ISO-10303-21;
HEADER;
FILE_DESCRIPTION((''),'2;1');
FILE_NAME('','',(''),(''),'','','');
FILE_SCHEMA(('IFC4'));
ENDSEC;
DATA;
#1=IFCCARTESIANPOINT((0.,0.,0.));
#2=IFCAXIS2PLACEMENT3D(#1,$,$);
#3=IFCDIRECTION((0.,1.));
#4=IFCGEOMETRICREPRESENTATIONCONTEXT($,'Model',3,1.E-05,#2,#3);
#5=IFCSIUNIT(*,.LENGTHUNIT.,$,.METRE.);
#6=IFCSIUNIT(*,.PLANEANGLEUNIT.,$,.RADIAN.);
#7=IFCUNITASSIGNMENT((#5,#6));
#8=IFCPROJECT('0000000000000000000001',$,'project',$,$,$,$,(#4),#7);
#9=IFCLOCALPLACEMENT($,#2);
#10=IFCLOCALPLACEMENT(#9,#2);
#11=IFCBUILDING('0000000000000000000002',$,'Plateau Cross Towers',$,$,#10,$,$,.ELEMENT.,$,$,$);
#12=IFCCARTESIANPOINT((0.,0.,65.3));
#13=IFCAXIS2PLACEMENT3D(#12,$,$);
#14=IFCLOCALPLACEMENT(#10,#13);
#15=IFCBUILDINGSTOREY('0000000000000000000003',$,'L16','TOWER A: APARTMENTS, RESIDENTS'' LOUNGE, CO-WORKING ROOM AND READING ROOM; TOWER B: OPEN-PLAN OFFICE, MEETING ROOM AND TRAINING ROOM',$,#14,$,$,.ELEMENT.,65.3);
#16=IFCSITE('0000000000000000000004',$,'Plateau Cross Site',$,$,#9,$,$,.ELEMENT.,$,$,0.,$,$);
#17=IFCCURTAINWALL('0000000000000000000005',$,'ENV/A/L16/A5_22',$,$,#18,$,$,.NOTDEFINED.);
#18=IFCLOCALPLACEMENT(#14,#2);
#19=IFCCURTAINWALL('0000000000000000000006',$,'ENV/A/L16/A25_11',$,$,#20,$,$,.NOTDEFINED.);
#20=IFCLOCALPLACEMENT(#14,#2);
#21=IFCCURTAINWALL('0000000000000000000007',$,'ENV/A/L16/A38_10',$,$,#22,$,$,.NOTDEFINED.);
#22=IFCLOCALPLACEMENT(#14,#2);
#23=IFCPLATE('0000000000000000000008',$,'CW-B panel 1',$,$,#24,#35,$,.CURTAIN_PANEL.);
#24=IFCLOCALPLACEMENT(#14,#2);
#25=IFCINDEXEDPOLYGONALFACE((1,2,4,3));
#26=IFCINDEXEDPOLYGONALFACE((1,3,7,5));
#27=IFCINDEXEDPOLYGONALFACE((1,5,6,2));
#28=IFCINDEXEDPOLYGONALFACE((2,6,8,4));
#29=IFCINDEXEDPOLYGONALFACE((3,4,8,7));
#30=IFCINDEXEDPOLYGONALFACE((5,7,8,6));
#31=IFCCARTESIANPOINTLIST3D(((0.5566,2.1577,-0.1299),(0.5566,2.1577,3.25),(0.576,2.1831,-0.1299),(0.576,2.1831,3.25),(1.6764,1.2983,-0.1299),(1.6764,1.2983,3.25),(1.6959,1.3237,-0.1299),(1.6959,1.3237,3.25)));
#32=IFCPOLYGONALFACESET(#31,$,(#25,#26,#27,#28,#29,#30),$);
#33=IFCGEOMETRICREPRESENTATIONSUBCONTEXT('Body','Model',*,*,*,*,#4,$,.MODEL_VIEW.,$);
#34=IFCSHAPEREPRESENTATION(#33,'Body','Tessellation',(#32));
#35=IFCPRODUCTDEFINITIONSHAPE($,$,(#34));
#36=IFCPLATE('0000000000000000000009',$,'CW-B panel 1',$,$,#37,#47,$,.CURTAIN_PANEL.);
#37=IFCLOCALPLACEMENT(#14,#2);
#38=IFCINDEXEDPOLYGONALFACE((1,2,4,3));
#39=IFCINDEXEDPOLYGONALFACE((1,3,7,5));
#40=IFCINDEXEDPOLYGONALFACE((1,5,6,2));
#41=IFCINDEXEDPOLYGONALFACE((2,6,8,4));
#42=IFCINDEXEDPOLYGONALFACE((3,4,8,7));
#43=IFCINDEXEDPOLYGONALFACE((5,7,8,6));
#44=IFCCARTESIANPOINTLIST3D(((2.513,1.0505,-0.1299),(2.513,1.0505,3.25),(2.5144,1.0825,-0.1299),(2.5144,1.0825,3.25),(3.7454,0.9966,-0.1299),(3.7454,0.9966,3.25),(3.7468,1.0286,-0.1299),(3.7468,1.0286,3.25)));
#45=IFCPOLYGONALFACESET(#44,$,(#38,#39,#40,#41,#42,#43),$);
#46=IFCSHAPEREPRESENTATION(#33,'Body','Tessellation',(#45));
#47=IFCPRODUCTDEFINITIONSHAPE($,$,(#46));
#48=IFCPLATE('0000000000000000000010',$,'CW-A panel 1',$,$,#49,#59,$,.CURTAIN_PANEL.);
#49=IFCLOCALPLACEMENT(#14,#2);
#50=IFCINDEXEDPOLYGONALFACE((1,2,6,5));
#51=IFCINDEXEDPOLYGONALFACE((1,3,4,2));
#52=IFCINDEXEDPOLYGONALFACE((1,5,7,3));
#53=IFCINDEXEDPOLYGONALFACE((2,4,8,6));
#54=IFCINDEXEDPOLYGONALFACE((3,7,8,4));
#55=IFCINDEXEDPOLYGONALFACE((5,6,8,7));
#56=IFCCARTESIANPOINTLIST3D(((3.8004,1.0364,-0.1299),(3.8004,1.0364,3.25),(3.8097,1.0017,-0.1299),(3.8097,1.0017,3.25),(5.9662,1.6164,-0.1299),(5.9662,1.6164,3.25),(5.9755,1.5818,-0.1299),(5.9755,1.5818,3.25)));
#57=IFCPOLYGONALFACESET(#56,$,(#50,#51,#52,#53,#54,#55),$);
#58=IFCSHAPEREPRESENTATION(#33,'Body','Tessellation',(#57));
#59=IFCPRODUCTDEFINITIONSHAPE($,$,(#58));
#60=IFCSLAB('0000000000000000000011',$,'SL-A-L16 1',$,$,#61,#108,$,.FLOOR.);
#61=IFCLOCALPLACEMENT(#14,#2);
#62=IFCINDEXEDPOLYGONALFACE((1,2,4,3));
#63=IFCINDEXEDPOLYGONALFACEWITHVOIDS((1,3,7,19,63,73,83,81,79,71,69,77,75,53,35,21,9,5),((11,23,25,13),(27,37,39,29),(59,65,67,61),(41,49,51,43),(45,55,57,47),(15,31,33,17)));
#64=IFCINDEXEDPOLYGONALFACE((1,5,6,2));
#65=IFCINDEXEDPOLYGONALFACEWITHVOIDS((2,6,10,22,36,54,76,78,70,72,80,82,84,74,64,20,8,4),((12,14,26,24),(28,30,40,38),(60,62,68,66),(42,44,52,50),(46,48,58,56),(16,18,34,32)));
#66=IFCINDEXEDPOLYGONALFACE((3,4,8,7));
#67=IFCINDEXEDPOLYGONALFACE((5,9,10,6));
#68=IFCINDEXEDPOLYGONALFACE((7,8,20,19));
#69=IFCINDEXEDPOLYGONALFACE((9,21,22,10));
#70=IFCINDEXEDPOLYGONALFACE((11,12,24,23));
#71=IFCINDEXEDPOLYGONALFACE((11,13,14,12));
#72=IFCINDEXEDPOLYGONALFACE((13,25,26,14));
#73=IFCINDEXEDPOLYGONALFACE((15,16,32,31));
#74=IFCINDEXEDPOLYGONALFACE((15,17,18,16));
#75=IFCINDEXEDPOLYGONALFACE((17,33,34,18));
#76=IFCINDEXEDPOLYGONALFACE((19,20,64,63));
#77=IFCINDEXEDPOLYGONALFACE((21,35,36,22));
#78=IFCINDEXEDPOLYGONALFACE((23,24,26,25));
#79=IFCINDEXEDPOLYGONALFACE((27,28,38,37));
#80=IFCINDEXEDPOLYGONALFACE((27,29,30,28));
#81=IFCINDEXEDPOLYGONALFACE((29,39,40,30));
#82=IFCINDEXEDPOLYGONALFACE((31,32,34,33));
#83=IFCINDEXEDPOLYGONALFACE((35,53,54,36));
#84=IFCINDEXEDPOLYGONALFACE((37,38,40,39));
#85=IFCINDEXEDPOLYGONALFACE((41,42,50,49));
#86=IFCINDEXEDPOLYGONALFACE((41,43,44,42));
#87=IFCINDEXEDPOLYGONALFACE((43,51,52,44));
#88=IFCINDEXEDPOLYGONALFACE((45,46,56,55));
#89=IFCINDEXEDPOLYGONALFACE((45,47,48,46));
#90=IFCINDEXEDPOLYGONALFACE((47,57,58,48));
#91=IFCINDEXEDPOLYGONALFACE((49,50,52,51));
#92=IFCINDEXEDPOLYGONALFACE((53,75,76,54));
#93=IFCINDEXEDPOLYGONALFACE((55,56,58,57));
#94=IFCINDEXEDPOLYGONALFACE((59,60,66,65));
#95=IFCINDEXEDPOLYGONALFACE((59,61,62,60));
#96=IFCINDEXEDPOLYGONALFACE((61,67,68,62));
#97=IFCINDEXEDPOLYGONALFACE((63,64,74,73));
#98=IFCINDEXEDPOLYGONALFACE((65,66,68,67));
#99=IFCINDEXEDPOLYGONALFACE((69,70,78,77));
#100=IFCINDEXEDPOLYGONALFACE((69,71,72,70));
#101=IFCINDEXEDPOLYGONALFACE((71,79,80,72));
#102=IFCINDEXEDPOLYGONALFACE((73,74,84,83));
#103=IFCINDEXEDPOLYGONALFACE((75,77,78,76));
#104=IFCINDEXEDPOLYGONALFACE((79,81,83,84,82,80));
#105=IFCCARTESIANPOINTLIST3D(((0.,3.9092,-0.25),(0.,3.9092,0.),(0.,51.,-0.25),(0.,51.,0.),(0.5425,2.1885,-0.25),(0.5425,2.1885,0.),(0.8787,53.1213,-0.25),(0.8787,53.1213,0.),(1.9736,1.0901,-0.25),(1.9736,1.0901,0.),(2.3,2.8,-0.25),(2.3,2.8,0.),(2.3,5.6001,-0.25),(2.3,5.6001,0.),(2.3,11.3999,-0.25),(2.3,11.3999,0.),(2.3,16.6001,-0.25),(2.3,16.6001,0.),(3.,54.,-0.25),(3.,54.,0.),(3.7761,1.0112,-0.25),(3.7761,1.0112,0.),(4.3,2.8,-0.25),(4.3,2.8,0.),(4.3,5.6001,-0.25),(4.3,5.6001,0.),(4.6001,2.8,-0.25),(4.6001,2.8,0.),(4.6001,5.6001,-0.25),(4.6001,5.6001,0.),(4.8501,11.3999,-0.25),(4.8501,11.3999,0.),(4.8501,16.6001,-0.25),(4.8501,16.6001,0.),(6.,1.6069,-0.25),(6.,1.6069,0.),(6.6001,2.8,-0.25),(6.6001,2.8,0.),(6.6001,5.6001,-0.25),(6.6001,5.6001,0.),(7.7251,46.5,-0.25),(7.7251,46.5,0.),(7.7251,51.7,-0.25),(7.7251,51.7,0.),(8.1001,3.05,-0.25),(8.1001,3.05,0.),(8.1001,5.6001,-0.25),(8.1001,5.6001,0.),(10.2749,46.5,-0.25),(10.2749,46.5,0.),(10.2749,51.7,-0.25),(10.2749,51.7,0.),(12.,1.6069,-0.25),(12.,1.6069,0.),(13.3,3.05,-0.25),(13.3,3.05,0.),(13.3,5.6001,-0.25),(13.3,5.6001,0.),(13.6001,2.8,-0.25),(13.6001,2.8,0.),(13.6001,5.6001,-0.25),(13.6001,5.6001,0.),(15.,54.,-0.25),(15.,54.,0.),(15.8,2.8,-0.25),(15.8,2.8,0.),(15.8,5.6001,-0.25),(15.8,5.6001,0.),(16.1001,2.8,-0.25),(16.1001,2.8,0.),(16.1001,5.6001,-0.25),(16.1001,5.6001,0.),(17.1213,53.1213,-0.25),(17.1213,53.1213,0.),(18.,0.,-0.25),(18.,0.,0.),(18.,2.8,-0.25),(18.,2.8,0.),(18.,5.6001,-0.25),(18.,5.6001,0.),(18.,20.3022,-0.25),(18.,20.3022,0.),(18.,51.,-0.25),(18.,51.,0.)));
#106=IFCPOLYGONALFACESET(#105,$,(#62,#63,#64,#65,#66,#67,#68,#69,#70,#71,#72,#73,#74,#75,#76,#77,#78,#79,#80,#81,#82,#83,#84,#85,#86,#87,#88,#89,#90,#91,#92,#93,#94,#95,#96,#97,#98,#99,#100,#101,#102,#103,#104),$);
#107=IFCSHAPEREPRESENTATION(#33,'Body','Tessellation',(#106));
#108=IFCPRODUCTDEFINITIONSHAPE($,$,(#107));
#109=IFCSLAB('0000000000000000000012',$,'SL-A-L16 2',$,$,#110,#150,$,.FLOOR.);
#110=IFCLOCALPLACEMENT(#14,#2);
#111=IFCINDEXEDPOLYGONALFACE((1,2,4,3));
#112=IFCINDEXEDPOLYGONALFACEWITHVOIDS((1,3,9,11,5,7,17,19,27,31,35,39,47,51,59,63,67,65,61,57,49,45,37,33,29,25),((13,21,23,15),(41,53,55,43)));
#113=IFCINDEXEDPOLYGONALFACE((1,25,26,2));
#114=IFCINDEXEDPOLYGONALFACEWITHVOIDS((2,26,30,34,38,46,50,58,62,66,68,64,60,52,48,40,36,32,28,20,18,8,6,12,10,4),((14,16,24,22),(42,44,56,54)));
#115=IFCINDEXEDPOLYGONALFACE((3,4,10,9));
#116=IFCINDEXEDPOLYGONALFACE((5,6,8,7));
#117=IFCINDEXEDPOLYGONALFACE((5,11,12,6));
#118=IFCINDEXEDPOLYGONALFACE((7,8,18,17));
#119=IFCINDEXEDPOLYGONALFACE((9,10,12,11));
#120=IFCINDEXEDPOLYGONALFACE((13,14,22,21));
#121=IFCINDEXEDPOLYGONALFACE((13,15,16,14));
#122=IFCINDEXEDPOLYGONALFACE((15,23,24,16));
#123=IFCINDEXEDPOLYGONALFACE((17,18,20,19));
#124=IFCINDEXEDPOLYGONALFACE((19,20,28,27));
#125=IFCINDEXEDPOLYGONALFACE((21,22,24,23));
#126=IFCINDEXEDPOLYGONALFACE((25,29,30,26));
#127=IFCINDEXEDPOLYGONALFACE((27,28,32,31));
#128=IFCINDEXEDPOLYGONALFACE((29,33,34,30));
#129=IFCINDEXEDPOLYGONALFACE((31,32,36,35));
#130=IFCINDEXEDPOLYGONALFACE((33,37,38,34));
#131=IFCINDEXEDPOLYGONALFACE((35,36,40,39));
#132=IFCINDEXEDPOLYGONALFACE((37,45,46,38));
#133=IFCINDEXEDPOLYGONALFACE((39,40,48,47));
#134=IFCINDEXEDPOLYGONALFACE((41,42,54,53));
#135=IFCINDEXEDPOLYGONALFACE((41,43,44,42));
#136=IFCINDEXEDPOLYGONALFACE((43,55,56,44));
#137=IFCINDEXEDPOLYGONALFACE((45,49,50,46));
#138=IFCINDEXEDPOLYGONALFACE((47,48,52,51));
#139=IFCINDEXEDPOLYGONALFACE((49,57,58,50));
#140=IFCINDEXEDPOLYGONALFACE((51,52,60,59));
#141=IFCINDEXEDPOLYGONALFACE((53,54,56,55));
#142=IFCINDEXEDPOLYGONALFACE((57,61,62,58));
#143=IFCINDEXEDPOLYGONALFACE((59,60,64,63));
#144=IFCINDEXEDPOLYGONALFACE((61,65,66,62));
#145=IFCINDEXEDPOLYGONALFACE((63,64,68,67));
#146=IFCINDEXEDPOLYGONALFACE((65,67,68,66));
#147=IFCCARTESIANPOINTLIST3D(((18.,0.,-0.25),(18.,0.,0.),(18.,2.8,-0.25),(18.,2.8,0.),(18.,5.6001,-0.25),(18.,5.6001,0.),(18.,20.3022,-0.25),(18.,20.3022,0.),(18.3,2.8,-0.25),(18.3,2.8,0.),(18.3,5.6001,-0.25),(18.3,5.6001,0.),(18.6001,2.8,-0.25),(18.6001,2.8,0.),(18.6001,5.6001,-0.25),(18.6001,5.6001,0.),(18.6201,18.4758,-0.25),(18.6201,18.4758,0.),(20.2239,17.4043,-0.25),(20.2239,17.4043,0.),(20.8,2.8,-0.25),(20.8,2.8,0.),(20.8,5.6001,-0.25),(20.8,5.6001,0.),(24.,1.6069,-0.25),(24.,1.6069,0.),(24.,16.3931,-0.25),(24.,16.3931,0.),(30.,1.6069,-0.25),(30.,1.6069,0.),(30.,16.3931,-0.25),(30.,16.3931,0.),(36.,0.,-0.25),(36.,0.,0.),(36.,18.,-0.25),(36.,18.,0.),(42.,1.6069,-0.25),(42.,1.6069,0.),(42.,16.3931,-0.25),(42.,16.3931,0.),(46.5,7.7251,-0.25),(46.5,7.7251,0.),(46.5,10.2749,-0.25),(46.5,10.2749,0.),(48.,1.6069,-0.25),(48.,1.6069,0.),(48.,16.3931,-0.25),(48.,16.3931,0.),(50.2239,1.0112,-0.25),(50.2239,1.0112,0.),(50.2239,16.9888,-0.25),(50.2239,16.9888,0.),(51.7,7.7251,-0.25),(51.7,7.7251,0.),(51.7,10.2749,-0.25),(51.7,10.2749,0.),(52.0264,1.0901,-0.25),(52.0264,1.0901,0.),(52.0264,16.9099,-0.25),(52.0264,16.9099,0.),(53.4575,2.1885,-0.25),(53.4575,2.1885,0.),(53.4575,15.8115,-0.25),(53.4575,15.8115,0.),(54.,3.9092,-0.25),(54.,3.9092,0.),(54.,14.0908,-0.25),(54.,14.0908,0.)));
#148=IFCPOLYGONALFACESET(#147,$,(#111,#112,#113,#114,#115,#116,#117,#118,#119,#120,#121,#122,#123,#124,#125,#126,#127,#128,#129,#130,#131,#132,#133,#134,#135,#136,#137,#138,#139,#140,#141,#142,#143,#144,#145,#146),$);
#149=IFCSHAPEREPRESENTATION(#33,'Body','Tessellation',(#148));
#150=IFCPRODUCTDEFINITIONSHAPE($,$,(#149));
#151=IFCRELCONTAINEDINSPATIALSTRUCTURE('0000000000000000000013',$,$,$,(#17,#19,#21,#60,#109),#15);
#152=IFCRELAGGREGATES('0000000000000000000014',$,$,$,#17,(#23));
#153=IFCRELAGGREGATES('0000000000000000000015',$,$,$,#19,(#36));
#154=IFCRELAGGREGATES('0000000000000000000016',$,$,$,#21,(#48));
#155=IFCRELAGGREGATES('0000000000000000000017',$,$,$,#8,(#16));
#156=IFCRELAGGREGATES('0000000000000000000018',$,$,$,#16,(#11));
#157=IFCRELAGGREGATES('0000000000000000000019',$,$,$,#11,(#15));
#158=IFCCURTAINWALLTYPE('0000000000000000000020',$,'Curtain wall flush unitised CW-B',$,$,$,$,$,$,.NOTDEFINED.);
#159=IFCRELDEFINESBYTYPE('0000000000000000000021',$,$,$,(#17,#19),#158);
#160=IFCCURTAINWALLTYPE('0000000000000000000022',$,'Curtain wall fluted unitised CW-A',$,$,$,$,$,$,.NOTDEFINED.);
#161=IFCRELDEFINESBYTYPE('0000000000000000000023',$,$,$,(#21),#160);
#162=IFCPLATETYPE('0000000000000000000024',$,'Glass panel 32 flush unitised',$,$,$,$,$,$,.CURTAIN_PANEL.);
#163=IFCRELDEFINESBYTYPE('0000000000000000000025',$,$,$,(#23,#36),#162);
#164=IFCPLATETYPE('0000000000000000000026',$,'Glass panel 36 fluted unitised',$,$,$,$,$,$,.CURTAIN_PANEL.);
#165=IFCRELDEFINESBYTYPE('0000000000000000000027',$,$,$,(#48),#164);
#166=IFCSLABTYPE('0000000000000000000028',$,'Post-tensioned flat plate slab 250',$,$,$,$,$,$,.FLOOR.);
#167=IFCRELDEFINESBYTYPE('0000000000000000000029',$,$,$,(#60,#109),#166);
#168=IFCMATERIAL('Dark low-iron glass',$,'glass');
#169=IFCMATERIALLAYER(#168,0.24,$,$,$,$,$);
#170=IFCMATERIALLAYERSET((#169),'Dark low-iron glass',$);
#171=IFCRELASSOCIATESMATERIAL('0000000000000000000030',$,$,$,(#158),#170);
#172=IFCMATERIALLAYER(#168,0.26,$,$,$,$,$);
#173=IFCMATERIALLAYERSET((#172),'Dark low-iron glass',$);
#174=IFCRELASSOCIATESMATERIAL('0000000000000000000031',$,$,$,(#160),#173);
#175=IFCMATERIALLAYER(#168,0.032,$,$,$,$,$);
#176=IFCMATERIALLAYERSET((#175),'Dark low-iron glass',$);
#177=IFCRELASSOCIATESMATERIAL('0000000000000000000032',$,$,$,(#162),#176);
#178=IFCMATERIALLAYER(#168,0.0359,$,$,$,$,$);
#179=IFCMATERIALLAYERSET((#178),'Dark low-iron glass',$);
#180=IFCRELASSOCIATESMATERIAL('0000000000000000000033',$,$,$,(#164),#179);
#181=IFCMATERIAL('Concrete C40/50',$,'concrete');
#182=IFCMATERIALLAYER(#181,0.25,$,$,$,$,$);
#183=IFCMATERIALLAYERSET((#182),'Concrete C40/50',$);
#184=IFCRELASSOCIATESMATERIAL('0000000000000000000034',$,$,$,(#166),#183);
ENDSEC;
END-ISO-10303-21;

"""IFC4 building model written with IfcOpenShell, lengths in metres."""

from ifc_helpers import new_model, si_unit, direction, frame, origin, origin_2d, place, context, subcontext, project, spatial, polyline, rectangle, outline, extrude, material, layer, layer_set, type_object, element, aggregate, save


model = new_model("IFC4")

# Units and contexts
model_context = context("Model", 3, precision=1e-05, world=origin(), true_north=direction((0.0, 1.0)))
body_context = subcontext(model_context, "Body", "Model", "MODEL_VIEW")
ifc_project = project(units=[si_unit("LENGTHUNIT", "METRE"), si_unit("PLANEANGLEUNIT", "RADIAN")], contexts=[model_context])

# Site, building, storey
site_placement = place(None, origin())
site = spatial("IfcSite", under=ifc_project, at=site_placement, Name="Plateau Cross Site", CompositionType="ELEMENT", RefElevation=0.0)
building_placement = place(site_placement, origin())
building = spatial("IfcBuilding", under=site, at=building_placement, Name="Plateau Cross Towers", CompositionType="ELEMENT")
storey_placement = place(building_placement, frame((0.0, 0.0, 65.3)))
storey = spatial("IfcBuildingStorey", under=building, at=storey_placement, Name="L16", Description="TOWER A: APARTMENTS, RESIDENTS' LOUNGE, CO-WORKING ROOM AND READING ROOM; TOWER B: OPEN-PLAN OFFICE, MEETING ROOM AND TRAINING ROOM", CompositionType="ELEMENT", Elevation=65.3)

# Curtain wall
ifc_material_1 = material(Name="Dark low-iron glass", Category="glass")
ifc_layer_1 = layer(ifc_material_1, 0.24)
ifc_layer_set_1 = layer_set([ifc_layer_1], Name="Dark low-iron glass")
curtain_wall_type_1 = type_object("IfcCurtainWallType", Name="Curtain wall flush unitised CW-B", PredefinedType="NOTDEFINED", material=ifc_layer_set_1)
curtain_wall_1_placement = place(storey_placement, origin())
curtain_wall_1 = element("IfcCurtainWall", 1, at=curtain_wall_1_placement, inside=storey, type_object=curtain_wall_type_1, Name="ENV/A/L16/A5_22", PredefinedType="NOTDEFINED")

# Curtain walls
curtain_wall_2_placement = place(storey_placement, origin())
curtain_wall_2 = element("IfcCurtainWall", 2, at=curtain_wall_2_placement, inside=storey, type_object=curtain_wall_type_1, Name="ENV/A/L16/A25_11", PredefinedType="NOTDEFINED")
ifc_layer_2 = layer(ifc_material_1, 0.26)
ifc_layer_set_2 = layer_set([ifc_layer_2], Name="Dark low-iron glass")
curtain_wall_type_2 = type_object("IfcCurtainWallType", Name="Curtain wall fluted unitised CW-A", PredefinedType="NOTDEFINED", material=ifc_layer_set_2)
curtain_wall_3_placement = place(storey_placement, origin())
curtain_wall_3 = element("IfcCurtainWall", 3, at=curtain_wall_3_placement, inside=storey, type_object=curtain_wall_type_2, Name="ENV/A/L16/A38_10", PredefinedType="NOTDEFINED")

# Shared definitions
ifc_material_2 = material(Name="Concrete C40/50", Category="concrete")

# Plates
ifc_layer_3 = layer(ifc_material_1, 0.032)
ifc_layer_set_3 = layer_set([ifc_layer_3], Name="Dark low-iron glass")
plate_type_1 = type_object("IfcPlateType", Name="Glass panel 32 flush unitised", PredefinedType="CURTAIN_PANEL", material=ifc_layer_set_3)
plate_1_placement = place(storey_placement, frame((1.1262, 1.7407, -0.1299), z_axis=(0.0, 0.0, 1.0), x_axis=(0.793316, -0.608811, 0.0)))
plate_1 = element("IfcPlate", 4, at=plate_1_placement, type_object=plate_type_1, Name="CW-B panel 1", PredefinedType="CURTAIN_PANEL", context=body_context, shape_type="SweptSolid", body=[
    extrude(rectangle(XDim=1.4116, YDim=0.032, at=origin_2d()), origin(), (0.0, 0.0, 1.0), 3.3799),
])
aggregate(curtain_wall_1, [plate_1])
plate_2_placement = place(storey_placement, frame((3.1299, 1.0396, -0.1299), z_axis=(0.0, 0.0, 1.0), x_axis=(0.999044, -0.043723, 0.0)))
plate_2 = element("IfcPlate", 5, at=plate_2_placement, type_object=plate_type_1, Name="CW-B panel 1", PredefinedType="CURTAIN_PANEL", context=body_context, shape_type="SweptSolid", body=[
    extrude(rectangle(XDim=1.2336, YDim=0.032, at=origin_2d()), origin(), (0.0, 0.0, 1.0), 3.3799),
])
aggregate(curtain_wall_2, [plate_2])
ifc_layer_4 = layer(ifc_material_1, 0.0359)
ifc_layer_set_4 = layer_set([ifc_layer_4], Name="Dark low-iron glass")
plate_type_2 = type_object("IfcPlateType", Name="Glass panel 36 fluted unitised", PredefinedType="CURTAIN_PANEL", material=ifc_layer_set_4)
plate_3_placement = place(storey_placement, frame((4.8879, 1.3091, -0.1299), z_axis=(0.0, 0.0, 1.0), x_axis=(0.965958, 0.258699, 0.0)))
plate_3 = element("IfcPlate", 6, at=plate_3_placement, type_object=plate_type_2, Name="CW-A panel 1", PredefinedType="CURTAIN_PANEL", context=body_context, shape_type="SweptSolid", body=[
    extrude(rectangle(XDim=2.2422, YDim=0.0359, at=origin_2d()), origin(), (0.0, 0.0, 1.0), 3.3799),
])
aggregate(curtain_wall_3, [plate_3])

# Slabs
ifc_layer_5 = layer(ifc_material_2, 0.25)
ifc_layer_set_5 = layer_set([ifc_layer_5], Name="Concrete C40/50")
slab_type_1 = type_object("IfcSlabType", Name="Post-tensioned flat plate slab 250", PredefinedType="FLOOR", material=ifc_layer_set_5)
slab_1_placement = place(storey_placement, frame((0.0, 0.0, -0.25)))
element("IfcSlab", 7, at=slab_1_placement, inside=storey, type_object=slab_type_1, Name="SL-A-L16 1", PredefinedType="FLOOR", context=body_context, shape_type="SweptSolid", body=[
    extrude(outline(polyline([(0.5425, 2.1885), (0.0, 3.9092), (0.0, 51.0), (0.8787, 53.1213), (3.0, 54.0), (15.0, 54.0), (17.1213, 53.1213), (18.0, 51.0), (18.0, 20.3022), (18.0, 5.6001), (16.1001, 5.6001), (16.1001, 2.8), (18.0, 2.8), (18.0, 0.0), (12.0, 1.6069), (6.0, 1.6069), (3.7761, 1.0112), (1.9736, 1.0901), (0.5425, 2.1885)]), holes=[polyline([(4.3, 5.6001), (2.3, 5.6001), (2.3, 2.8), (4.3, 2.8), (4.3, 5.6001)]), polyline([(6.6001, 5.6001), (4.6001, 5.6001), (4.6001, 2.8), (6.6001, 2.8), (6.6001, 5.6001)]), polyline([(15.8, 5.6001), (13.6001, 5.6001), (13.6001, 2.8), (15.8, 2.8), (15.8, 5.6001)]), polyline([(13.3, 5.6001), (8.1001, 5.6001), (8.1001, 3.05), (13.3, 3.05), (13.3, 5.6001)]), polyline([(4.8501, 16.6001), (2.3, 16.6001), (2.3, 11.3999), (4.8501, 11.3999), (4.8501, 16.6001)]), polyline([(7.7251, 51.7), (7.7251, 46.5), (10.2749, 46.5), (10.2749, 51.7), (7.7251, 51.7)])]), origin(), (0.0, 0.0, 1.0), 0.25),
])
slab_2_placement = place(storey_placement, frame((0.0, 0.0, -0.25)))
element("IfcSlab", 8, at=slab_2_placement, inside=storey, type_object=slab_type_1, Name="SL-A-L16 2", PredefinedType="FLOOR", context=body_context, shape_type="SweptSolid", body=[
    extrude(outline(polyline([(18.6201, 18.4758), (20.2239, 17.4043), (24.0, 16.3931), (30.0, 16.3931), (36.0, 18.0), (42.0, 16.3931), (48.0, 16.3931), (50.2239, 16.9888), (52.0264, 16.9099), (53.4575, 15.8115), (54.0, 14.0908), (54.0, 3.9092), (53.4575, 2.1885), (52.0264, 1.0901), (50.2239, 1.0112), (48.0, 1.6069), (42.0, 1.6069), (36.0, 0.0), (30.0, 1.6069), (24.0, 1.6069), (18.0, 0.0), (18.0, 2.8), (18.3, 2.8), (18.3, 5.6001), (18.0, 5.6001), (18.0, 20.3022), (18.6201, 18.4758)]), holes=[polyline([(20.8, 5.6001), (18.6001, 5.6001), (18.6001, 2.8), (20.8, 2.8), (20.8, 5.6001)]), polyline([(51.7, 7.7251), (51.7, 10.2749), (46.5, 10.2749), (46.5, 7.7251), (51.7, 7.7251)])]), origin(), (0.0, 0.0, 1.0), 0.25),
])

save(model, "model.ifc")
